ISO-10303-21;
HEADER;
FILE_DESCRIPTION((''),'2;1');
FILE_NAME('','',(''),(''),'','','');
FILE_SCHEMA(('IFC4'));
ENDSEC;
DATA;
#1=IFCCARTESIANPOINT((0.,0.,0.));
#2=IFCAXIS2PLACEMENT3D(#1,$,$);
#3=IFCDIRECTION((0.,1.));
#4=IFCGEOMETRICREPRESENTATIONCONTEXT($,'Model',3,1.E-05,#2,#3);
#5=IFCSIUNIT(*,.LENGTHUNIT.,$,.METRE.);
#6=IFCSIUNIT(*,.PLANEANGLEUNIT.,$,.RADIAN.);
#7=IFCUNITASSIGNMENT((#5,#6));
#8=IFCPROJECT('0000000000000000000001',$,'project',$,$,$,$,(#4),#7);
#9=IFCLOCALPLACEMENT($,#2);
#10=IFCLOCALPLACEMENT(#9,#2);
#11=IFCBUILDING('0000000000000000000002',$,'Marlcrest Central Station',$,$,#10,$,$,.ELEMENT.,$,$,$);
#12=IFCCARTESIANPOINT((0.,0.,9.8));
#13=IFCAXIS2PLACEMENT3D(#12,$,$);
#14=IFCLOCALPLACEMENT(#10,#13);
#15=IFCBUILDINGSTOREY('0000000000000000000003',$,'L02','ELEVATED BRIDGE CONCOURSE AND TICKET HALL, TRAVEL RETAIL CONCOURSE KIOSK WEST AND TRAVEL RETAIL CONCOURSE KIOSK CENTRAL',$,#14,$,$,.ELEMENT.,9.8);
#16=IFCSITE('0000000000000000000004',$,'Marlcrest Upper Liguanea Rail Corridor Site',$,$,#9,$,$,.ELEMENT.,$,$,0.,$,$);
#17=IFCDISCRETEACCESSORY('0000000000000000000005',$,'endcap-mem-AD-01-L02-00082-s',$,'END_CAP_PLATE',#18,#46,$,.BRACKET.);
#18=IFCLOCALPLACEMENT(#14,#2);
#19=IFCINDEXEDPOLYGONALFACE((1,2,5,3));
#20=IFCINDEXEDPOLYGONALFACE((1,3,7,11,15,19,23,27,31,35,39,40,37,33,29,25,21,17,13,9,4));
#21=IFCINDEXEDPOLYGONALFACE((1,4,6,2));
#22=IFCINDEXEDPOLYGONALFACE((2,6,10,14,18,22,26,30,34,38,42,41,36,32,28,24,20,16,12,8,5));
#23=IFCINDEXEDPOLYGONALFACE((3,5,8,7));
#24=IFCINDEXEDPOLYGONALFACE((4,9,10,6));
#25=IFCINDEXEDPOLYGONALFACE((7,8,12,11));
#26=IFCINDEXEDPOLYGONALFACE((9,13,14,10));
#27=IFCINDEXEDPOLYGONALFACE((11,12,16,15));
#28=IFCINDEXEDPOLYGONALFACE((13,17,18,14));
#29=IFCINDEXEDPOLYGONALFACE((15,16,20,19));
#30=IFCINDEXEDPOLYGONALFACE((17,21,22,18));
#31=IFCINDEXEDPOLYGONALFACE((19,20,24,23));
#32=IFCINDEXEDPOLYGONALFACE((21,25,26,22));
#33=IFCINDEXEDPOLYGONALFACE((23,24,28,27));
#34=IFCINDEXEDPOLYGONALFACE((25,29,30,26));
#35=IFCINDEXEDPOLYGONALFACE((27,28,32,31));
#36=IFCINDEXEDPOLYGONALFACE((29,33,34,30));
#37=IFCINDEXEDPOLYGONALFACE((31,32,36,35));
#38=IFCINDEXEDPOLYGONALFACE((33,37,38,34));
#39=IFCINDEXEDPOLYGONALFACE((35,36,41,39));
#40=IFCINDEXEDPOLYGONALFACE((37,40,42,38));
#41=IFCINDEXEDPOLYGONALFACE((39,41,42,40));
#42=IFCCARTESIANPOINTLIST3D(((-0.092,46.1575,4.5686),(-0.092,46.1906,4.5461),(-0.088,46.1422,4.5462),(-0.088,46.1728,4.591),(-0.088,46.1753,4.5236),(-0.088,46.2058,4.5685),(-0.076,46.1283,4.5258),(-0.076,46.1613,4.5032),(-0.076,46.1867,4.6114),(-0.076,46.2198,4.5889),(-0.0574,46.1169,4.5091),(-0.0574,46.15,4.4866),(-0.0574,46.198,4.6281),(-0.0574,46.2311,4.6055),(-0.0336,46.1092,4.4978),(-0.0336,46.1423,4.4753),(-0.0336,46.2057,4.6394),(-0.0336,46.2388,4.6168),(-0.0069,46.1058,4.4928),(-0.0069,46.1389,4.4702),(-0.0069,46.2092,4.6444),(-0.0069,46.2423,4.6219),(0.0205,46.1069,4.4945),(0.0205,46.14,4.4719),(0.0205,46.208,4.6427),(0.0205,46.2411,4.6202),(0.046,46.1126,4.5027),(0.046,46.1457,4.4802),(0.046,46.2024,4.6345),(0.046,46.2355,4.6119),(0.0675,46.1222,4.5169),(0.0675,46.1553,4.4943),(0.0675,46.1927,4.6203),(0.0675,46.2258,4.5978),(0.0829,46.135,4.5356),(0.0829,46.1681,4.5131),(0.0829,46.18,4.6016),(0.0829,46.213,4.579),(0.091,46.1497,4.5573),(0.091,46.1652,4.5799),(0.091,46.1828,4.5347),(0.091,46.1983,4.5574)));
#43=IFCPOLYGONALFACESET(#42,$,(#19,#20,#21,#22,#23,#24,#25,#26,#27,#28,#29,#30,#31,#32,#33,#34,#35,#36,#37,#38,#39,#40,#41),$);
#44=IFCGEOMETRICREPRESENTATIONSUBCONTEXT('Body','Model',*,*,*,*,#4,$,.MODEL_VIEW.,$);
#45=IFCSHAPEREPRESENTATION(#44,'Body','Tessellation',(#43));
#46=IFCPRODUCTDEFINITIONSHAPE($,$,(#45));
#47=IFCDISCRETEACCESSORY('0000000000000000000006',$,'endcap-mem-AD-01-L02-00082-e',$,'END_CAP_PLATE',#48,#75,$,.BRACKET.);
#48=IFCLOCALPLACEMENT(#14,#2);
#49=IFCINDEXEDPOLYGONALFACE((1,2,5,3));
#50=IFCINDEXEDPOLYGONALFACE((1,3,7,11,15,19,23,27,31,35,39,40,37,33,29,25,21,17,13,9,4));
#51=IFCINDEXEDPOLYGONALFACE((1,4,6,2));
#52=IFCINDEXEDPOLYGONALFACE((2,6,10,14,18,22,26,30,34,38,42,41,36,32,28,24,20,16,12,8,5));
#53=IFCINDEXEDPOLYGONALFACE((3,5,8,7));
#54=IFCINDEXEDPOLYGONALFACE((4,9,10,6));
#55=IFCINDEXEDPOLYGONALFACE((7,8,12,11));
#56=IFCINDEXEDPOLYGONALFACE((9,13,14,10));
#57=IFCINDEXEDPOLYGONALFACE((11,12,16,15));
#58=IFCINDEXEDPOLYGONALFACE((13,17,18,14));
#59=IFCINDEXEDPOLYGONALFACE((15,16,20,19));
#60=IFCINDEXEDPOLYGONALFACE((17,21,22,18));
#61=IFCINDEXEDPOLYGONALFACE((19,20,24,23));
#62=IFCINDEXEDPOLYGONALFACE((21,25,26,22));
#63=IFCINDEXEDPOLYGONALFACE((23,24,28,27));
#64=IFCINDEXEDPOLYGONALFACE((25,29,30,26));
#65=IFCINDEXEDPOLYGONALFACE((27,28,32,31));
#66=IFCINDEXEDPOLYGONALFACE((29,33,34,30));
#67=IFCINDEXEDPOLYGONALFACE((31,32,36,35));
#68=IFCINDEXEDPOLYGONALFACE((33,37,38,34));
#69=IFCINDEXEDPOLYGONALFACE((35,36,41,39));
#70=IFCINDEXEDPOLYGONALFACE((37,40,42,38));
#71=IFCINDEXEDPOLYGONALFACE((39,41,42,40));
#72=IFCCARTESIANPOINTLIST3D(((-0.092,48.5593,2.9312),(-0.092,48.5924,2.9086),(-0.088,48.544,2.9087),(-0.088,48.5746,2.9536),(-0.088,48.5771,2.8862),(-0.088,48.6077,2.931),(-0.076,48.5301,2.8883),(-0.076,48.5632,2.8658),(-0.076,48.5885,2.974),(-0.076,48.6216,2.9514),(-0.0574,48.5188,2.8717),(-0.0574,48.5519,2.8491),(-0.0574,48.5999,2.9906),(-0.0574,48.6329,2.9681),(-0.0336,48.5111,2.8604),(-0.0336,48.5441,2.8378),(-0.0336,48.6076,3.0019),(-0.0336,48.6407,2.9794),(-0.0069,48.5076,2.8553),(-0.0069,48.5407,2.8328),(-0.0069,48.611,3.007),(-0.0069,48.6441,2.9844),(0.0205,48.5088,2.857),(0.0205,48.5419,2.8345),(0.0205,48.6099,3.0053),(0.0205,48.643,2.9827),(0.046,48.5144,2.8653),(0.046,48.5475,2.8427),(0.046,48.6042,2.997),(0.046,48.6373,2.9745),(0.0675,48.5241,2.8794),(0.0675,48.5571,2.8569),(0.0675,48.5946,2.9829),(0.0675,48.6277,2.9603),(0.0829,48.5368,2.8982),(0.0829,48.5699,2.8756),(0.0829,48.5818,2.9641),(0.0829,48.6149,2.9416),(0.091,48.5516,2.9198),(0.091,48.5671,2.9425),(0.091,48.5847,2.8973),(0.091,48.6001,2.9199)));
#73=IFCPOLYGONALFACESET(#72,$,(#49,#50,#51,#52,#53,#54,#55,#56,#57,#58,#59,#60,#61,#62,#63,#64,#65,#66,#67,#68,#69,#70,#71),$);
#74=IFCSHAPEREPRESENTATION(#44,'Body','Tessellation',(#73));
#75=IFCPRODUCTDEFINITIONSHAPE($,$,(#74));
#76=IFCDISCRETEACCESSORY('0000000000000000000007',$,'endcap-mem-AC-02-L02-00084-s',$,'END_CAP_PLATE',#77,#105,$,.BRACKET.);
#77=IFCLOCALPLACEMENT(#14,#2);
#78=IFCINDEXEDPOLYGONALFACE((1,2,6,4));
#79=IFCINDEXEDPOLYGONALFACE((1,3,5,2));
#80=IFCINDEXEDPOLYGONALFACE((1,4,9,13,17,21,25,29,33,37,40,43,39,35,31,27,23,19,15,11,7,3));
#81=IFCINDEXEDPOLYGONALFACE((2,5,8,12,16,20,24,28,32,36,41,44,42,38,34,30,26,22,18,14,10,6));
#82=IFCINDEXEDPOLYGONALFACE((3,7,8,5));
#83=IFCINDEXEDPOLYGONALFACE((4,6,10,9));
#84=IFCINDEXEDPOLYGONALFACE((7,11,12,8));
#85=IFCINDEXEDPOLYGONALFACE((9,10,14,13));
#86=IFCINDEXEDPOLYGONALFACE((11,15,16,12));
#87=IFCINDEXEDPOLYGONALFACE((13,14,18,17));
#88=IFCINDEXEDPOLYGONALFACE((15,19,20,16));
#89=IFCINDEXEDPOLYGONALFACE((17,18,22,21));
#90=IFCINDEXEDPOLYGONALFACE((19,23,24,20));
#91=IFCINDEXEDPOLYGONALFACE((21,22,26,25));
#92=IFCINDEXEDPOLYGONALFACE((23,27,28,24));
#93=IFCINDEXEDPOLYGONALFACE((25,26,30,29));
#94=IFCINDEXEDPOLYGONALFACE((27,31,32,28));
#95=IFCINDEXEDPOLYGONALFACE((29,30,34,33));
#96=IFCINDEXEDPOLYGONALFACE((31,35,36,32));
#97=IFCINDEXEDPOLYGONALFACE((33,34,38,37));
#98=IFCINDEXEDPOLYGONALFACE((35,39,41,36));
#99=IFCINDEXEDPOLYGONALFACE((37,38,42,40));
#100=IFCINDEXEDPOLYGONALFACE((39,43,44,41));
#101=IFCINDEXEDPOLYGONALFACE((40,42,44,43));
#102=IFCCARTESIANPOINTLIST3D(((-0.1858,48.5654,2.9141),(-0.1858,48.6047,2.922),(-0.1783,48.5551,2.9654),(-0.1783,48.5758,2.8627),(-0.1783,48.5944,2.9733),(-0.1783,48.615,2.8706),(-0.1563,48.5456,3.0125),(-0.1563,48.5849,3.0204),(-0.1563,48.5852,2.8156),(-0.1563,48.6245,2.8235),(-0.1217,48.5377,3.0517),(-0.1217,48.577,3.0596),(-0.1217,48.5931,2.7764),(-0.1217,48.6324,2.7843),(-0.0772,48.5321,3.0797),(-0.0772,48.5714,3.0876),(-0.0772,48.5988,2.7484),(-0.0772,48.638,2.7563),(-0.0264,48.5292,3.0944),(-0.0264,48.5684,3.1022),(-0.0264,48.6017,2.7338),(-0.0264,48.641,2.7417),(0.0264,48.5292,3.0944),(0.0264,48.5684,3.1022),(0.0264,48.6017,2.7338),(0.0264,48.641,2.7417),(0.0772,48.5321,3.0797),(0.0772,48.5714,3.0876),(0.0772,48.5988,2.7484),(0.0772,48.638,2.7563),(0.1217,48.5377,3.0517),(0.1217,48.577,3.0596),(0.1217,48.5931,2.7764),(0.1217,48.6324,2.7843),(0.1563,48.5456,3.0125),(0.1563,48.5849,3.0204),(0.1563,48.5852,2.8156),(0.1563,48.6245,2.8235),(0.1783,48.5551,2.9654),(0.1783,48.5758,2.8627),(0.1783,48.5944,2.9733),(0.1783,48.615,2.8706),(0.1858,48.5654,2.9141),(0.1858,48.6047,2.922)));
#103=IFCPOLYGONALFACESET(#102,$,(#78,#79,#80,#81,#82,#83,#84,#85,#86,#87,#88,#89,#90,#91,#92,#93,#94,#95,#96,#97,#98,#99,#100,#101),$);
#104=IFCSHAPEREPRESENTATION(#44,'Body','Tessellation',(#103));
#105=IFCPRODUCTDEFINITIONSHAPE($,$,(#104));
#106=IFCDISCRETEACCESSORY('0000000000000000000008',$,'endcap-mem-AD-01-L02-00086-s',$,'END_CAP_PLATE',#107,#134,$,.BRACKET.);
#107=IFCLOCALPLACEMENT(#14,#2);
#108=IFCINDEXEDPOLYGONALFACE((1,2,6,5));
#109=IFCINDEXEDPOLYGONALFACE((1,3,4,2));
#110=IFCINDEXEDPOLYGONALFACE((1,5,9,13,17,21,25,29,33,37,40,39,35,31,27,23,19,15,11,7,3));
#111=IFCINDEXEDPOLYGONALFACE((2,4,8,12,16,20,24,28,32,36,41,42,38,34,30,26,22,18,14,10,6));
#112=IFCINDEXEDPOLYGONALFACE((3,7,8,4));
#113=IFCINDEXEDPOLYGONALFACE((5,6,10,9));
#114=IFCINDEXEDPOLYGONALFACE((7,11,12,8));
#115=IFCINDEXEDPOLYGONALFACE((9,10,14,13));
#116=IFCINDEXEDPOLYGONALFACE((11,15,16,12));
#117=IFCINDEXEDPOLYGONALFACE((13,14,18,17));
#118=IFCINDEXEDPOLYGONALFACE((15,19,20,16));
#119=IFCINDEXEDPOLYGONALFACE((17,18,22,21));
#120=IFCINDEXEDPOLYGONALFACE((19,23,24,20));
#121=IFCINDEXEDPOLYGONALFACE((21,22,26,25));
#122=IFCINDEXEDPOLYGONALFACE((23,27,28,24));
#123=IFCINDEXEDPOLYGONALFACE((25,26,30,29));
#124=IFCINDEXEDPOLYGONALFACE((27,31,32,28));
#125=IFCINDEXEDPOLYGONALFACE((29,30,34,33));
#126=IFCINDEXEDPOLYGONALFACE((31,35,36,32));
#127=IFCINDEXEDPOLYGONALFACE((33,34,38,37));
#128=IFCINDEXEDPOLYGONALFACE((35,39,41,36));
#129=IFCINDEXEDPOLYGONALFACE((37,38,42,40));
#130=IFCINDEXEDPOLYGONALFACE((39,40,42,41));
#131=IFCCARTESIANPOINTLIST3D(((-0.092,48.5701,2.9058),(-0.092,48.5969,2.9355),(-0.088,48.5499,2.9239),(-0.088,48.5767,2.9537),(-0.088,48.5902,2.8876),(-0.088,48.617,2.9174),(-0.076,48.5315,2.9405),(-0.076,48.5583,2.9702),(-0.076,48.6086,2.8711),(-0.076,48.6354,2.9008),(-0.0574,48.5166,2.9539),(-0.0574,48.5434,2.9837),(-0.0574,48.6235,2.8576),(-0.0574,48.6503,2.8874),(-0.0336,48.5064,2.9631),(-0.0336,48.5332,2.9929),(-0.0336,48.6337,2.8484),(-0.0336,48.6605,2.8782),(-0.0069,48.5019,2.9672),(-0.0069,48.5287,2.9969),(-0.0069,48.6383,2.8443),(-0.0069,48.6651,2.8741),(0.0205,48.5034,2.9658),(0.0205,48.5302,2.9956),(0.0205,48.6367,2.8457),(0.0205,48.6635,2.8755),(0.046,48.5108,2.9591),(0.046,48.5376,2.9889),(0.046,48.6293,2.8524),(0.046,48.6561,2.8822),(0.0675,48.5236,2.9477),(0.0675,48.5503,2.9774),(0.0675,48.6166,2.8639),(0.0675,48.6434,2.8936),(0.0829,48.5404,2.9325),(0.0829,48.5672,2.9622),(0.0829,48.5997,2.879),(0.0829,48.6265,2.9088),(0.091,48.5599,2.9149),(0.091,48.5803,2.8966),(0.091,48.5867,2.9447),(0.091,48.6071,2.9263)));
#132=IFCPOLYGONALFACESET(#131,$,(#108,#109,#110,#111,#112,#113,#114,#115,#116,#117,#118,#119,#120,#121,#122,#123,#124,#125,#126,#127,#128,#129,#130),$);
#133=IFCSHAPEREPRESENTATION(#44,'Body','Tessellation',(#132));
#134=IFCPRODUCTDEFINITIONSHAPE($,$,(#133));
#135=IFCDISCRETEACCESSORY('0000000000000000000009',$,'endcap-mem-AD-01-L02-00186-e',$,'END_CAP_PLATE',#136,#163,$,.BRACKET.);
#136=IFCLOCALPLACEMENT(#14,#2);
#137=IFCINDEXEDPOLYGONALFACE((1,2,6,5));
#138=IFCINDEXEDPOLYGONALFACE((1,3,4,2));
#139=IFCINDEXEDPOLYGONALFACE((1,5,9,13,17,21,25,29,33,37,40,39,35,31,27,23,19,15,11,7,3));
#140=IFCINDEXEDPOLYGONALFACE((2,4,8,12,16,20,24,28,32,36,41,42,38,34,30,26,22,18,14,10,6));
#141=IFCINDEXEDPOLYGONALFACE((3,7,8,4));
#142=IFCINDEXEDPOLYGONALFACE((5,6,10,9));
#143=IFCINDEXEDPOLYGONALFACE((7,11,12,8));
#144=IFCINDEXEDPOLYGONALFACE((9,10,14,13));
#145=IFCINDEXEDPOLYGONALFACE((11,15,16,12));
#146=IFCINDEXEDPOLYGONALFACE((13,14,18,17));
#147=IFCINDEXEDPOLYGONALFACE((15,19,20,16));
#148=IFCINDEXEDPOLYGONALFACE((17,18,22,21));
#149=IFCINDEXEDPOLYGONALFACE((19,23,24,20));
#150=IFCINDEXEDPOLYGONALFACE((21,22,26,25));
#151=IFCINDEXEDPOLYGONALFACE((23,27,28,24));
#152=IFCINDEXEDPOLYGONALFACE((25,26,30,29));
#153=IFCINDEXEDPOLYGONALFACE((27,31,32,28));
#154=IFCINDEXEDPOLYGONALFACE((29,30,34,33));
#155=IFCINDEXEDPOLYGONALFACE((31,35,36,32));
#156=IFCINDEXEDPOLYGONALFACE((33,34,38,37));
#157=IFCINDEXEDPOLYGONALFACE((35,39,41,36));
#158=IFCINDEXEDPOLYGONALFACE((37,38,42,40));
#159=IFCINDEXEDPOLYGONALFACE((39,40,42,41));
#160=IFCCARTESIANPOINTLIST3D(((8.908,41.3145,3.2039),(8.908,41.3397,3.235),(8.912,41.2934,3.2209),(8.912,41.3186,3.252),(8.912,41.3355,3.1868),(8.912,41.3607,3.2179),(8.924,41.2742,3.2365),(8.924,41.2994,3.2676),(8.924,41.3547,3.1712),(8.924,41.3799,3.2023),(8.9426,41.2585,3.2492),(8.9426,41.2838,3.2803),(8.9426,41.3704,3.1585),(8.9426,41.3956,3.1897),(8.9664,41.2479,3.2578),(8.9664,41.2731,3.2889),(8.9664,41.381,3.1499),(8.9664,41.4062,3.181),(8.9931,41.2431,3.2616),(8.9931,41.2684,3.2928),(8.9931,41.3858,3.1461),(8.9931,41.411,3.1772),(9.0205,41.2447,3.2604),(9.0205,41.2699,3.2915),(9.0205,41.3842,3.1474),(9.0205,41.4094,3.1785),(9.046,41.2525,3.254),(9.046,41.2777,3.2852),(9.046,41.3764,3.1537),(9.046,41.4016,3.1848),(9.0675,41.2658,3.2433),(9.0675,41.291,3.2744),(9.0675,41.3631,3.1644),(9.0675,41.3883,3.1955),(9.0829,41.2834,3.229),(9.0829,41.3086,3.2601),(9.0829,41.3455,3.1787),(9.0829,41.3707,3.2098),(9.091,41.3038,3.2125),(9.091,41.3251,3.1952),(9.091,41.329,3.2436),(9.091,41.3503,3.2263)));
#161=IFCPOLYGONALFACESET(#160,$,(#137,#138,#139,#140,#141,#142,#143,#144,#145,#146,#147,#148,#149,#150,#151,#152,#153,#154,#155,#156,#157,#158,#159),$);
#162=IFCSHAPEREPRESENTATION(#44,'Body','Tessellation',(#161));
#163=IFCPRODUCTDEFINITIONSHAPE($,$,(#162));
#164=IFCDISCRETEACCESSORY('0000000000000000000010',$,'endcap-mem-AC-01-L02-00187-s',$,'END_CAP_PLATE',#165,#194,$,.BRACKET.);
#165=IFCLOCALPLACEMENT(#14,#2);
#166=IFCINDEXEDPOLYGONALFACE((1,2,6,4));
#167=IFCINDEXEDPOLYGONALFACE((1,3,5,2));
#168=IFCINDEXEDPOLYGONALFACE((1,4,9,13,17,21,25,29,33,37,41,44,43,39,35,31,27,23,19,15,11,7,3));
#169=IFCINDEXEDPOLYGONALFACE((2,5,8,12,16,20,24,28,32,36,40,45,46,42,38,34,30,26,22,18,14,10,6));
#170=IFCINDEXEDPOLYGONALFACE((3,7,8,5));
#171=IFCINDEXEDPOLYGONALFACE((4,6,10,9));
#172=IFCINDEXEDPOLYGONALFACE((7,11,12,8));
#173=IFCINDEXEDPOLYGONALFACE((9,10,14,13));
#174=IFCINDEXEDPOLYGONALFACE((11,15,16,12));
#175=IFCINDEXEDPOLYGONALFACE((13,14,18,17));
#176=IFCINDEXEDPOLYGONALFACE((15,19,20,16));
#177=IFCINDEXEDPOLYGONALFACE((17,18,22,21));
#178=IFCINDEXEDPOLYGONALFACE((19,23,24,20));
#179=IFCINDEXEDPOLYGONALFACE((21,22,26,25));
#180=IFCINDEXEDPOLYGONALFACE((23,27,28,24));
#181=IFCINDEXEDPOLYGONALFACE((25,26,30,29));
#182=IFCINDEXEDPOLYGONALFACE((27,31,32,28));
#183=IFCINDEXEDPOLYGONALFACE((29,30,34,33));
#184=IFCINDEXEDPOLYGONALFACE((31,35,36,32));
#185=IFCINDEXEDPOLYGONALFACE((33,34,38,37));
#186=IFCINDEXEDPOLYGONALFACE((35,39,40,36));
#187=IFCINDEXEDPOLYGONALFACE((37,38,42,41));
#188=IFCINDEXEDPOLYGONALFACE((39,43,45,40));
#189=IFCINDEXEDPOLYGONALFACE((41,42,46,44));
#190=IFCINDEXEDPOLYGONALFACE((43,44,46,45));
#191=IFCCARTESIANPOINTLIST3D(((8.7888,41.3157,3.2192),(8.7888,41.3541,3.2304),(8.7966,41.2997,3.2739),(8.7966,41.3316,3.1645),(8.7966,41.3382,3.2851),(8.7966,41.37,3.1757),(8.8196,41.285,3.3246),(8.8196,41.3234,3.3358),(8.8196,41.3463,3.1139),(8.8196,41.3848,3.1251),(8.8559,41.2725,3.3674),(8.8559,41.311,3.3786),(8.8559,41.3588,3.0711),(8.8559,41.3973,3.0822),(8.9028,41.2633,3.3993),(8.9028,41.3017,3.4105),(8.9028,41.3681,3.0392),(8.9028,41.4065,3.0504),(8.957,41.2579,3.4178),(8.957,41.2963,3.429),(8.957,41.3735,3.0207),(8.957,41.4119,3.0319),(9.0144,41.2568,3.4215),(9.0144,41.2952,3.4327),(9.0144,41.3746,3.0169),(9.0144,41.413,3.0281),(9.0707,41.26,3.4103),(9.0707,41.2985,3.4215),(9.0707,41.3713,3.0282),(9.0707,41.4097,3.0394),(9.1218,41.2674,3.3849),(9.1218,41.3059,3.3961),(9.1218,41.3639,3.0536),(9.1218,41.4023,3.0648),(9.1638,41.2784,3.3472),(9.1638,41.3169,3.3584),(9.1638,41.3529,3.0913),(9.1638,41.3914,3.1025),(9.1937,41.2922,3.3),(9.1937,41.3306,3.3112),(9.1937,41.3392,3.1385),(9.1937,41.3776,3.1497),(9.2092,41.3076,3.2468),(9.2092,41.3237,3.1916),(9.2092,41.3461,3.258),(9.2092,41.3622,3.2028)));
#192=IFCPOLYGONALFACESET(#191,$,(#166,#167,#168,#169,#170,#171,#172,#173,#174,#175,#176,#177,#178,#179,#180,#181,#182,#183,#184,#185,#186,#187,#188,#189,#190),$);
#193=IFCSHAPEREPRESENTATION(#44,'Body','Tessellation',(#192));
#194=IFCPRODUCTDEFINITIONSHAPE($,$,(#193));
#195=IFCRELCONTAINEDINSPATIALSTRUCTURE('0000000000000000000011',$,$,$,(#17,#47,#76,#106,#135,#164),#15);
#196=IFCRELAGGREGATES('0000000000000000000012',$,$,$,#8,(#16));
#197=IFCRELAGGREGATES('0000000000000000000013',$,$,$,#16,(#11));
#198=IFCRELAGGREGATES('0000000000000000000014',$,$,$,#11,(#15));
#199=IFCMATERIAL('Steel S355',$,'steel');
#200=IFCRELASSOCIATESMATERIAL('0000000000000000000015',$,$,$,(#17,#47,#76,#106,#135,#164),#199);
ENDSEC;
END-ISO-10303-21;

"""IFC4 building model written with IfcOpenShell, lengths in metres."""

from ifc_helpers import new_model, si_unit, direction, frame, origin, origin_2d, place, context, subcontext, project, spatial, circle, extrude, material, element, save


model = new_model("IFC4")

# Units and contexts
model_context = context("Model", 3, precision=1e-05, world=origin(), true_north=direction((0.0, 1.0)))
body_context = subcontext(model_context, "Body", "Model", "MODEL_VIEW")
ifc_project = project(units=[si_unit("LENGTHUNIT", "METRE"), si_unit("PLANEANGLEUNIT", "RADIAN")], contexts=[model_context])

# Site, building, storey
site_placement = place(None, origin())
site = spatial("IfcSite", under=ifc_project, at=site_placement, Name="Marlcrest Upper Liguanea Rail Corridor Site", CompositionType="ELEMENT", RefElevation=0.0)
building_placement = place(site_placement, origin())
building = spatial("IfcBuilding", under=site, at=building_placement, Name="Marlcrest Central Station", CompositionType="ELEMENT")
storey_placement = place(building_placement, frame((0.0, 0.0, 9.8)))
storey = spatial("IfcBuildingStorey", under=building, at=storey_placement, Name="L02", Description="ELEVATED BRIDGE CONCOURSE AND TICKET HALL, TRAVEL RETAIL CONCOURSE KIOSK WEST AND TRAVEL RETAIL CONCOURSE KIOSK CENTRAL", CompositionType="ELEMENT", Elevation=9.8)

# Shared definitions
ifc_material_1 = material(Name="Steel S355", Category="steel")

# Discrete accessories
for number, where, z_axis, x_axis, name in (
    (1, (0.0, 46.1575, 4.5686), (0.0, 0.826263, -0.563285), (-1.0, 0.0, 0.0), "endcap-mem-AD-01-L02-00082-s"),
    (2, (0.0, 48.5593, 2.9312), (0.0, 0.826263, -0.563285), (-1.0, 0.0, 0.0), "endcap-mem-AD-01-L02-00082-e"),
):
    element("IfcDiscreteAccessory", number, at=place(storey_placement, frame(where, z_axis=z_axis, x_axis=x_axis)), inside=storey, material=ifc_material_1, Name=name, ObjectType="END_CAP_PLATE", PredefinedType="BRACKET", context=body_context, shape_type="SweptSolid", body=[
        extrude(circle(Radius=0.092, at=origin_2d()), origin(), (0.0, 0.0, 1.0), 0.04),
    ])
discrete_accessory_1_placement = place(storey_placement, frame((0.0, 48.5654, 2.9141), z_axis=(0.0, 0.980359, 0.197219), x_axis=(-1.0, 0.0, 0.0)))
element("IfcDiscreteAccessory", 3, at=discrete_accessory_1_placement, inside=storey, material=ifc_material_1, Name="endcap-mem-AC-02-L02-00084-s", ObjectType="END_CAP_PLATE", PredefinedType="BRACKET", context=body_context, shape_type="SweptSolid", body=[
    extrude(circle(Radius=0.1858, at=origin_2d()), origin(), (0.0, 0.0, 1.0), 0.04),
])
for number, where, z_axis, x_axis, name in (
    (4, (0.0, 48.5701, 2.9058), (0.0, 0.669244, 0.743042), (-1.0, 0.0, 0.0), "endcap-mem-AD-01-L02-00086-s"),
    (5, (9.0, 41.3145, 3.2039), (0.0, 0.629629, 0.776896), (-1.0, 0.0, 0.0), "endcap-mem-AD-01-L02-00186-e"),
):
    element("IfcDiscreteAccessory", number, at=place(storey_placement, frame(where, z_axis=z_axis, x_axis=x_axis)), inside=storey, material=ifc_material_1, Name=name, ObjectType="END_CAP_PLATE", PredefinedType="BRACKET", context=body_context, shape_type="SweptSolid", body=[
        extrude(circle(Radius=0.092, at=origin_2d()), origin(), (0.0, 0.0, 1.0), 0.04),
    ])
discrete_accessory_2_placement = place(storey_placement, frame((9.0, 41.3157, 3.2192), z_axis=(0.0, 0.96013, 0.279554), x_axis=(-1.0, 0.0, 0.0)))
element("IfcDiscreteAccessory", 6, at=discrete_accessory_2_placement, inside=storey, material=ifc_material_1, Name="endcap-mem-AC-01-L02-00187-s", ObjectType="END_CAP_PLATE", PredefinedType="BRACKET", context=body_context, shape_type="SweptSolid", body=[
    extrude(circle(Radius=0.2112, at=origin_2d()), origin(), (0.0, 0.0, 1.0), 0.04),
])

save(model, "model.ifc")
